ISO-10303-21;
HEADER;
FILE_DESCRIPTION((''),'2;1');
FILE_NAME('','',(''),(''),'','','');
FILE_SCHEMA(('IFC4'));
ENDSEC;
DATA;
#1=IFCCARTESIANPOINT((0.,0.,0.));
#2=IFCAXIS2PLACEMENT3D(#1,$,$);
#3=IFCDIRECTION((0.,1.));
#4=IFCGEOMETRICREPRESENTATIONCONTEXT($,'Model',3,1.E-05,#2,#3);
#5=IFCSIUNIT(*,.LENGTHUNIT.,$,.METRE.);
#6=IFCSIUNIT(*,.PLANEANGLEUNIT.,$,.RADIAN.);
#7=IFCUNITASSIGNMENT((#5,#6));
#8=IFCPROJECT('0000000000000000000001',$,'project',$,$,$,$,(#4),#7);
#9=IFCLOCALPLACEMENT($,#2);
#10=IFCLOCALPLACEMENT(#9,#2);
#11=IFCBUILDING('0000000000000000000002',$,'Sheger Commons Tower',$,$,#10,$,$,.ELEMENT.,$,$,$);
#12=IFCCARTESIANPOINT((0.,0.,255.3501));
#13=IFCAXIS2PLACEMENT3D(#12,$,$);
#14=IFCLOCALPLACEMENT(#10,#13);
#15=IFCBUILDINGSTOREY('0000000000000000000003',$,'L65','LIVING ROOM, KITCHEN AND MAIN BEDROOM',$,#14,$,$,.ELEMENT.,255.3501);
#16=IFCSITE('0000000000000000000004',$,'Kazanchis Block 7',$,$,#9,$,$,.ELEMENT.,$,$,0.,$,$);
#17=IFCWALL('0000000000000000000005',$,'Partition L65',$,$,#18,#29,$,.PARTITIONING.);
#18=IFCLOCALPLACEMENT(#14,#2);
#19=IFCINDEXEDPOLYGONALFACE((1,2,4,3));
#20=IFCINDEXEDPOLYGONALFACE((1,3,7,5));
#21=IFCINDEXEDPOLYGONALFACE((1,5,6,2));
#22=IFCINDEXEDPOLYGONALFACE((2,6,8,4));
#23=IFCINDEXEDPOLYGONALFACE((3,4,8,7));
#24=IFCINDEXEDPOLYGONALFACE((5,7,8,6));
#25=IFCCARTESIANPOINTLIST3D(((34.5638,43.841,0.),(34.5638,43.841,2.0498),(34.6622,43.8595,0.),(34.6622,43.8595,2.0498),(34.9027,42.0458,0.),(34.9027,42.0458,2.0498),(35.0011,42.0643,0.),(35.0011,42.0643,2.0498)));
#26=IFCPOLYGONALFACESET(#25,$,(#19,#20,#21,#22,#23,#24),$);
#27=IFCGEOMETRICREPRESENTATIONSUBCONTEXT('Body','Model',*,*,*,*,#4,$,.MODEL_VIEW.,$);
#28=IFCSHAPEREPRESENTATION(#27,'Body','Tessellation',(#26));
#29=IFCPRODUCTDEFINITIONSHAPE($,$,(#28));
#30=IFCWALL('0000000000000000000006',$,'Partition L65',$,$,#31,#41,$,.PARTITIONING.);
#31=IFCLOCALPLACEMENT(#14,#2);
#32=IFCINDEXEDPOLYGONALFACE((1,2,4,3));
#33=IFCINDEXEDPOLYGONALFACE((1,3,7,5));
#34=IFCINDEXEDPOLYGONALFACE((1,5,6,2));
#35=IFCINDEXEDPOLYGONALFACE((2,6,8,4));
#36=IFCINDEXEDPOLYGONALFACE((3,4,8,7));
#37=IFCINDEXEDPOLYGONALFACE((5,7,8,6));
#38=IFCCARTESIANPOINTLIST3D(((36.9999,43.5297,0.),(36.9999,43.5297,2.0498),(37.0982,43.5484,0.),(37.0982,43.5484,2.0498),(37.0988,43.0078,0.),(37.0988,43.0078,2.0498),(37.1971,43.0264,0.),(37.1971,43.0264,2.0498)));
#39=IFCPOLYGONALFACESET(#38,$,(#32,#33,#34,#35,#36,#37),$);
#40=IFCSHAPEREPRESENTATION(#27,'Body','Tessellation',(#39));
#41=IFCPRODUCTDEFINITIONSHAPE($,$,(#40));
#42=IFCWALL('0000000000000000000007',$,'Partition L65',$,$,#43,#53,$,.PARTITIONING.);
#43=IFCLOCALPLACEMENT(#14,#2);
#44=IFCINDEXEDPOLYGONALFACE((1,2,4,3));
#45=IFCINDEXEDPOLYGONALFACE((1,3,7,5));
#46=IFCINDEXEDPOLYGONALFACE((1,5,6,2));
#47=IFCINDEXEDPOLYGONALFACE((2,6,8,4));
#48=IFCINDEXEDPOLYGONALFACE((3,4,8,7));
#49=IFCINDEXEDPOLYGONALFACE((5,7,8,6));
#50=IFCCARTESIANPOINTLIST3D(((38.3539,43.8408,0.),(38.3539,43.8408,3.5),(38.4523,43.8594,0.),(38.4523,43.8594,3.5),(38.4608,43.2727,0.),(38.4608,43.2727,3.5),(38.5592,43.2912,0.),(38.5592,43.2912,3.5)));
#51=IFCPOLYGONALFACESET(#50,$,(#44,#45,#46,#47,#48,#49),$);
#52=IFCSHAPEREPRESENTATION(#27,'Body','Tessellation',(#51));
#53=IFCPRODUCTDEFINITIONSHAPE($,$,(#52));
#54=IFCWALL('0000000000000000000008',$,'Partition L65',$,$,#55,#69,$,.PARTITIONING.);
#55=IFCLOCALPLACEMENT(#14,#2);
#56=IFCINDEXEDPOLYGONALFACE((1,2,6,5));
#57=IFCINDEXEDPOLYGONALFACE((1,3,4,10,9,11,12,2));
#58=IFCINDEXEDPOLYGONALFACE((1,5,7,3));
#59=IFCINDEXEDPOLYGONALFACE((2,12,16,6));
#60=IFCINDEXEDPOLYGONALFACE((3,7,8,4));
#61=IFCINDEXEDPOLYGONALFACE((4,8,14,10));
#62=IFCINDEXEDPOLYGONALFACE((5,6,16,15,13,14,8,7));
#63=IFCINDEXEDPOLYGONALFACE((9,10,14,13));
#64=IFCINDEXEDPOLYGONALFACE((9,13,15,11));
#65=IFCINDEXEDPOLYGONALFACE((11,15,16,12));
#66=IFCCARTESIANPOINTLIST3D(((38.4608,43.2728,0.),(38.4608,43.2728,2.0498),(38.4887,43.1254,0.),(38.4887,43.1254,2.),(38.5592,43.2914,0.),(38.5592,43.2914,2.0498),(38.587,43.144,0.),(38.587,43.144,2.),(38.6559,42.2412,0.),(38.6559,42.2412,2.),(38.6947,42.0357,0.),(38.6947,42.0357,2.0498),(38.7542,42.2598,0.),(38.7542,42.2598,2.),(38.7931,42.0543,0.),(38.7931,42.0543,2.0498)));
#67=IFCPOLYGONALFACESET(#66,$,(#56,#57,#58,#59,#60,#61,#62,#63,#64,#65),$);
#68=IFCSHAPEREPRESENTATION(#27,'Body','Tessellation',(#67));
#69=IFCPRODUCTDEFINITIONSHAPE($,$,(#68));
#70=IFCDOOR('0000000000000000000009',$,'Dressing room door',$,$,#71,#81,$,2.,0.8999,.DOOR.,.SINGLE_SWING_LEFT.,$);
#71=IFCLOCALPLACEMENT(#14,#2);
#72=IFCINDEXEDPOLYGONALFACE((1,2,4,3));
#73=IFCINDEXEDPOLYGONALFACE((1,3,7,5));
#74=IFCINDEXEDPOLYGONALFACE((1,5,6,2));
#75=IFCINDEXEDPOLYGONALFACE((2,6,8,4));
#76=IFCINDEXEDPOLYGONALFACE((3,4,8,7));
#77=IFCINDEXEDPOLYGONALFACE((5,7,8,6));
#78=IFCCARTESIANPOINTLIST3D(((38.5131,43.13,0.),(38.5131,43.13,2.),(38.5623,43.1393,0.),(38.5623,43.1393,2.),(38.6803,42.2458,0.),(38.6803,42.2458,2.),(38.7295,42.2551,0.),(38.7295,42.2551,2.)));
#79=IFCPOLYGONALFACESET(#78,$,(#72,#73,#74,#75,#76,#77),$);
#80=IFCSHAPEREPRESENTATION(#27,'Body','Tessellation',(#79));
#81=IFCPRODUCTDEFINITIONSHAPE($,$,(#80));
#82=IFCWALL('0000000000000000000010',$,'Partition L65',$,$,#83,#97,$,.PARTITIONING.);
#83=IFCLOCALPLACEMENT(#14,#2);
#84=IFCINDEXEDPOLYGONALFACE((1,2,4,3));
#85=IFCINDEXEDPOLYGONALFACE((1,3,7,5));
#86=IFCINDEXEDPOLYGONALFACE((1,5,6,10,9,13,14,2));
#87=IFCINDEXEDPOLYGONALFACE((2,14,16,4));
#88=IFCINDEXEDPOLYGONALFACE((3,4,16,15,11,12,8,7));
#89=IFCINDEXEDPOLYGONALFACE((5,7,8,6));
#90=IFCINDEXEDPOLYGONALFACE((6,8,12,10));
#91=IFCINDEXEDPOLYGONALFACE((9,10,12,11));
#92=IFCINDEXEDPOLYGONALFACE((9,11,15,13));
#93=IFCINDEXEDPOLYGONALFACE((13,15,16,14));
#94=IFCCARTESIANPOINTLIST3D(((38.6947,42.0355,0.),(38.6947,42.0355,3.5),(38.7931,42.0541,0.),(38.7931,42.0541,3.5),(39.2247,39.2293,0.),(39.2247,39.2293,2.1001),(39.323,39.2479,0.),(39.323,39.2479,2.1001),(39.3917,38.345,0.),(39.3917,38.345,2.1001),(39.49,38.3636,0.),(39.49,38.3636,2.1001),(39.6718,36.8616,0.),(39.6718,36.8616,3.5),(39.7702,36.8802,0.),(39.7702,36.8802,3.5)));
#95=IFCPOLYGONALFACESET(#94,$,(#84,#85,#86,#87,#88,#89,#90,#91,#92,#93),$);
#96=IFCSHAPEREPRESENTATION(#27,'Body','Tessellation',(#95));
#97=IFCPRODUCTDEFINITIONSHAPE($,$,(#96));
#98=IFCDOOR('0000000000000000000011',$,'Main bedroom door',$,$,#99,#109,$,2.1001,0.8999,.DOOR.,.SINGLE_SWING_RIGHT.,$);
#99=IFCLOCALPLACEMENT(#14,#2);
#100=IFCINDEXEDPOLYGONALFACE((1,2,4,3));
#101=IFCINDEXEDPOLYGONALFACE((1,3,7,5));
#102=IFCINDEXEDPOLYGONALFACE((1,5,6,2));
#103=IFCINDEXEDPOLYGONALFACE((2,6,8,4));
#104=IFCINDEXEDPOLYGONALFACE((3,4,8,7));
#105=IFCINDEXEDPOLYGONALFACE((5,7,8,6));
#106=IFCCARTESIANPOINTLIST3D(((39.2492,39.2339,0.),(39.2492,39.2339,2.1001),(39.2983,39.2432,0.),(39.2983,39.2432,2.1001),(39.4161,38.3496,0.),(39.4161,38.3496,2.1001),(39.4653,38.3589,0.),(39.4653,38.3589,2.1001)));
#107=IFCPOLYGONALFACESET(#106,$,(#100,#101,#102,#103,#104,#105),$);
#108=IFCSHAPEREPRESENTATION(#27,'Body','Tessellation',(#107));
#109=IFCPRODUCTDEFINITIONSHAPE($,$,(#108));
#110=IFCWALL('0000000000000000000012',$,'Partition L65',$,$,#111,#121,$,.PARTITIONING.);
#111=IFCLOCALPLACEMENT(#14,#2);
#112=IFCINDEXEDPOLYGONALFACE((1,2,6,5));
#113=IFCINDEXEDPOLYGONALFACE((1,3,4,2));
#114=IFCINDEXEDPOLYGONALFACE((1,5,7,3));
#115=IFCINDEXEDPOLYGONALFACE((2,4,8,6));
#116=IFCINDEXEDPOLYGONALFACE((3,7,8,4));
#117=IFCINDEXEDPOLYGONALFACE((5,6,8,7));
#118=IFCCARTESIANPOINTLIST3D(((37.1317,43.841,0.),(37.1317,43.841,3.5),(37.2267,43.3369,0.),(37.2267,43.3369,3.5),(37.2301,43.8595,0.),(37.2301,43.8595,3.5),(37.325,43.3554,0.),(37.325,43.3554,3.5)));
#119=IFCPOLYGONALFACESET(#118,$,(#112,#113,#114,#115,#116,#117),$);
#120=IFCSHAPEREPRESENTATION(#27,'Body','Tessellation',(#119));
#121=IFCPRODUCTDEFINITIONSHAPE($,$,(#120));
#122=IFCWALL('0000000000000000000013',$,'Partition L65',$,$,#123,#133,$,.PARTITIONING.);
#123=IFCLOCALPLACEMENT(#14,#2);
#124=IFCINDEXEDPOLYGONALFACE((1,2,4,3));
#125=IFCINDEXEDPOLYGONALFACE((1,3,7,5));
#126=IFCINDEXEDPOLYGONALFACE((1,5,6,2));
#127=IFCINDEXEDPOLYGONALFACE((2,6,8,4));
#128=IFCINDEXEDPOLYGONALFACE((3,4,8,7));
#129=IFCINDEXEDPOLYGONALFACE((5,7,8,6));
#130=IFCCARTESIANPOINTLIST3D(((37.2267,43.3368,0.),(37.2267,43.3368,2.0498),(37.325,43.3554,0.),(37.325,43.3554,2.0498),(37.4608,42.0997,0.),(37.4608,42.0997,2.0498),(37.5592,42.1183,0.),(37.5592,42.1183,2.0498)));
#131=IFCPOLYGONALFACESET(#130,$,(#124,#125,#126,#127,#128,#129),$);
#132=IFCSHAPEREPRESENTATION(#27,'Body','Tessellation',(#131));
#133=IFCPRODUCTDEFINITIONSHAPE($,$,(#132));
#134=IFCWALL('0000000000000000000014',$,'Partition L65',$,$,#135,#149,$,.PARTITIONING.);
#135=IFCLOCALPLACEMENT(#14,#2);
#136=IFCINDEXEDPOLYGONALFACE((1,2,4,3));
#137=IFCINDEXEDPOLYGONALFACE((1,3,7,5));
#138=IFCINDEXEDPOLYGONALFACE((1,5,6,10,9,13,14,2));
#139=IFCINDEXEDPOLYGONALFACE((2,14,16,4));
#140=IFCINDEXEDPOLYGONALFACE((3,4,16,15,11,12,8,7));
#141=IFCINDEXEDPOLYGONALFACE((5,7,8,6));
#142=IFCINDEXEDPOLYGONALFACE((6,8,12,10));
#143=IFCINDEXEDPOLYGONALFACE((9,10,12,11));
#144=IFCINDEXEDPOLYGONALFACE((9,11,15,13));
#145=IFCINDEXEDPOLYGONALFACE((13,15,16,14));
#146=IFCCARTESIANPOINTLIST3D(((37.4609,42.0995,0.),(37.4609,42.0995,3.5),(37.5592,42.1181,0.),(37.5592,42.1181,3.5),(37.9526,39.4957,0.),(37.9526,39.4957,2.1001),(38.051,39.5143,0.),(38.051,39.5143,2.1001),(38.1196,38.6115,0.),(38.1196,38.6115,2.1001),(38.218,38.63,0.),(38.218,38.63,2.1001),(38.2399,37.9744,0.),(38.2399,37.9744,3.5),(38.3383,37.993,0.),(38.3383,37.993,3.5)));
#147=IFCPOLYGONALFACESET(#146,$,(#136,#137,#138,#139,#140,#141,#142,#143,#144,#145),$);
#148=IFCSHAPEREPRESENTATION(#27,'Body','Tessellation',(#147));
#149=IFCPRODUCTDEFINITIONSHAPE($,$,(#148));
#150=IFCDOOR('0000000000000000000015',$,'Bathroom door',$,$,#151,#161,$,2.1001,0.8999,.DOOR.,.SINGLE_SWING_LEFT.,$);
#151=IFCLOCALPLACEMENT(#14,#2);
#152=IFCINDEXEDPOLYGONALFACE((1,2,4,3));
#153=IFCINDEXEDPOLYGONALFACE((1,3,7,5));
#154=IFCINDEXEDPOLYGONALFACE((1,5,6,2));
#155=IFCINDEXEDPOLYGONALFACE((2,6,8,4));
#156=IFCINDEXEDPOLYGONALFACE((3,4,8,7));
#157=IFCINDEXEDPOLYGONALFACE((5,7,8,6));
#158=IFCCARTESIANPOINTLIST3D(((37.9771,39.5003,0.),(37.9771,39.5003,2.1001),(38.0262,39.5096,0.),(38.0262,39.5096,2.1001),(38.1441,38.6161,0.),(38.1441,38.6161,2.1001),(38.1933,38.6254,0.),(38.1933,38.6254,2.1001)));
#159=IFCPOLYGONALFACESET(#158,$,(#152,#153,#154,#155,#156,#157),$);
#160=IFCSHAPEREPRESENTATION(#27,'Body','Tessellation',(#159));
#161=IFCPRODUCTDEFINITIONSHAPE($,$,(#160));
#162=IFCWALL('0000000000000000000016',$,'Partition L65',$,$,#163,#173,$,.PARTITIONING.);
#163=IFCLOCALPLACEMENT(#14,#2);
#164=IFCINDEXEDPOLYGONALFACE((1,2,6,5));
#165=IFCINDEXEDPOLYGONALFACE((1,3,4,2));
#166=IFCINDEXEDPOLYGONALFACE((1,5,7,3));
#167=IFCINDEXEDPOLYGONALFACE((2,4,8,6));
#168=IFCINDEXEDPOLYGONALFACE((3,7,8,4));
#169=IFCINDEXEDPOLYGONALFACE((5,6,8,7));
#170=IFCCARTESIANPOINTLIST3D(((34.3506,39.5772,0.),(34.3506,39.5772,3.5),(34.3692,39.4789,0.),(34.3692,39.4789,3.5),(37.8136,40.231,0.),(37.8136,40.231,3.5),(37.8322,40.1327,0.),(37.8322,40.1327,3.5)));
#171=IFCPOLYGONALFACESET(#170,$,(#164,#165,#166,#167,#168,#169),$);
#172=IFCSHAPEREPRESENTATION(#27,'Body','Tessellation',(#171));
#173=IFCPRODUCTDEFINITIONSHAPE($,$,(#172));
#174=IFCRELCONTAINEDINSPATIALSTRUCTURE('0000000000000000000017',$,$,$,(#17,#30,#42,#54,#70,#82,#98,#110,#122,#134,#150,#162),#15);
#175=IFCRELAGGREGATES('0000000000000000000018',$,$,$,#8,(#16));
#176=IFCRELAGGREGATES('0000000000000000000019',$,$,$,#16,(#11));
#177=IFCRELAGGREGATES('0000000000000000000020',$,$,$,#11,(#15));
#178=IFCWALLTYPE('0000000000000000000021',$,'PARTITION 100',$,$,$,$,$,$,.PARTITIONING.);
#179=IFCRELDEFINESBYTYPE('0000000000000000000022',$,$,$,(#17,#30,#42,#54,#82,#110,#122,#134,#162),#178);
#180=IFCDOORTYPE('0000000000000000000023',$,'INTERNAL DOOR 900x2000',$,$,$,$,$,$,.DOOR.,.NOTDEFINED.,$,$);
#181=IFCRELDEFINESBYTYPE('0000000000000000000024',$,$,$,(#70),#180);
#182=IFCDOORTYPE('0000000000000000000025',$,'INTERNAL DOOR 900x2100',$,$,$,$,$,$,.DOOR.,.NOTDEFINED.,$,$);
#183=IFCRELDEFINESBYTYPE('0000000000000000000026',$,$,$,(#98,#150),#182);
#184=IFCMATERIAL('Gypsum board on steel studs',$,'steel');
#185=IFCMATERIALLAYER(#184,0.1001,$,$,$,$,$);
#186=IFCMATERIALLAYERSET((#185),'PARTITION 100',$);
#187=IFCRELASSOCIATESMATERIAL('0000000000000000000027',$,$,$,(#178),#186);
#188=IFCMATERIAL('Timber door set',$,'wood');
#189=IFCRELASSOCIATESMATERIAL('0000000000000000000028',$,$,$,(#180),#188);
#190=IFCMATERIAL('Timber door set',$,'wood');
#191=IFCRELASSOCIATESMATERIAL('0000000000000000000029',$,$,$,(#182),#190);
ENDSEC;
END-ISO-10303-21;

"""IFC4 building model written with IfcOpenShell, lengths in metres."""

from ifc_helpers import new_model, si_unit, direction, frame, frame_2d, origin, place, context, subcontext, project, spatial, rectangle, extrude, material, layer, layer_set, type_object, element, fill, save


model = new_model("IFC4")

# Units and contexts
model_context = context("Model", 3, precision=1e-05, world=origin(), true_north=direction((0.0, 1.0)))
body_context = subcontext(model_context, "Body", "Model", "MODEL_VIEW")
ifc_project = project(units=[si_unit("LENGTHUNIT", "METRE"), si_unit("PLANEANGLEUNIT", "RADIAN")], contexts=[model_context])

# Site, building, storey
site_placement = place(None, origin())
site = spatial("IfcSite", under=ifc_project, at=site_placement, Name="Kazanchis Block 7", CompositionType="ELEMENT", RefElevation=0.0)
building_placement = place(site_placement, origin())
building = spatial("IfcBuilding", under=site, at=building_placement, Name="Sheger Commons Tower", CompositionType="ELEMENT")
storey_placement = place(building_placement, frame((0.0, 0.0, 255.3501)))
storey = spatial("IfcBuildingStorey", under=building, at=storey_placement, Name="L65", Description="LIVING ROOM, KITCHEN AND MAIN BEDROOM", CompositionType="ELEMENT", Elevation=255.3501)

# Walls
ifc_material_1 = material(Name="Gypsum board on steel studs", Category="steel")
ifc_layer_1 = layer(ifc_material_1, 0.1001)
ifc_layer_set_1 = layer_set([ifc_layer_1], Name="PARTITION 100")
wall_type_1 = type_object("IfcWallType", Name="PARTITION 100", PredefinedType="PARTITIONING", material=ifc_layer_set_1)
wall_1_placement = place(storey_placement, frame((34.9519, 42.0549, 0.0), z_axis=(0.0, 0.0, 1.0), x_axis=(-0.185491, 0.982646, 0.0)))
element("IfcWall", 1, at=wall_1_placement, inside=storey, type_object=wall_type_1, Name="Partition L65", PredefinedType="PARTITIONING", context=body_context, shape_type="SweptSolid", body=[
    extrude(rectangle(XDim=1.8269, YDim=0.1001, at=frame_2d((0.9136, 0.0))), origin(), (0.0, 0.0, 1.0), 2.0498),
])
wall_2_placement = place(storey_placement, frame((37.0491, 43.5391, 0.0), z_axis=(0.0, 0.0, 1.0), x_axis=(0.186119, -0.982527, 0.0)))
element("IfcWall", 2, at=wall_2_placement, inside=storey, type_object=wall_type_1, Name="Partition L65", PredefinedType="PARTITIONING", context=body_context, shape_type="SweptSolid", body=[
    extrude(rectangle(XDim=0.5312, YDim=0.1001, at=frame_2d((0.2656, 0.0))), origin(), (0.0, 0.0, 1.0), 2.0498),
])
wall_3_placement = place(storey_placement, frame((38.4031, 43.8501, 0.0), z_axis=(0.0, 0.0, 1.0), x_axis=(0.184977, -0.982743, 0.0)))
element("IfcWall", 3, at=wall_3_placement, inside=storey, type_object=wall_type_1, Name="Partition L65", PredefinedType="PARTITIONING", context=body_context, shape_type="SweptSolid", body=[
    extrude(rectangle(XDim=0.5781, YDim=0.1001, at=frame_2d((0.2891, 0.0))), origin(), (0.0, 0.0, 1.0), 3.5),
])

# Walls, openings, doors
wall_4_placement = place(storey_placement, frame((38.51, 43.282, 0.0), z_axis=(0.0, 0.0, 1.0), x_axis=(0.185775, -0.982592, 0.0)))
wall_4 = element("IfcWall", 4, at=wall_4_placement, inside=storey, type_object=wall_type_1, Name="Partition L65", PredefinedType="PARTITIONING", context=body_context, shape_type="SweptSolid", body=[
    extrude(rectangle(XDim=1.259, YDim=0.1001, at=frame_2d((0.6294, 0.0))), origin(), (0.0, 0.0, 1.0), 2.0498),
])
opening_1_placement = place(wall_4_placement, frame((0.1499, 0.0, 0.0)))
opening_1 = element("IfcOpeningElement", 5, at=opening_1_placement, cuts=wall_4, PredefinedType="OPENING", context=body_context, shape_type="SweptSolid", body=[
    extrude(rectangle(XDim=0.8999, YDim=2.0, at=frame_2d((0.45, 1.0))), frame((0.0, 0.0601, 0.0), z_axis=(0.0, -1.0, 0.0), x_axis=(1.0, 0.0, 0.0)), (0.0, 0.0, 1.0), 0.1201),
])
ifc_material_2 = material(Name="Timber door set", Category="wood")
door_type_1 = type_object("IfcDoorType", Name="INTERNAL DOOR 900x2000", OperationType="NOTDEFINED", PredefinedType="DOOR", material=ifc_material_2)
door_1_placement = place(opening_1_placement, origin())
door_1 = element("IfcDoor", 6, at=door_1_placement, inside=storey, type_object=door_type_1, Name="Dressing room door", OperationType="SINGLE_SWING_LEFT", OverallHeight=2.0, OverallWidth=0.8999, PredefinedType="DOOR", context=body_context, shape_type="SweptSolid", body=[
    extrude(rectangle(XDim=0.8999, YDim=2.0, at=frame_2d((0.45, 1.0))), frame((0.0, 0.0249, 0.0), z_axis=(0.0, -1.0, 0.0), x_axis=(1.0, 0.0, 0.0)), (0.0, 0.0, 1.0), 0.05),
])
fill(opening_1, door_1)
wall_5_placement = place(storey_placement, frame((38.7439, 42.0449, 0.0), z_axis=(0.0, 0.0, 1.0), x_axis=(0.185565, -0.982632, 0.0)))
wall_5 = element("IfcWall", 7, at=wall_5_placement, inside=storey, type_object=wall_type_1, Name="Partition L65", PredefinedType="PARTITIONING", context=body_context, shape_type="SweptSolid", body=[
    extrude(rectangle(XDim=5.2654, YDim=0.1001, at=frame_2d((2.6328, 0.0))), origin(), (0.0, 0.0, 1.0), 3.5),
])
opening_2_placement = place(wall_5_placement, frame((2.856, 0.0, 0.0)))
opening_2 = element("IfcOpeningElement", 8, at=opening_2_placement, cuts=wall_5, PredefinedType="OPENING", context=body_context, shape_type="SweptSolid", body=[
    extrude(rectangle(XDim=0.8999, YDim=2.1001, at=frame_2d((0.45, 1.05))), frame((0.0, 0.0601, 0.0), z_axis=(0.0, -1.0, 0.0), x_axis=(1.0, 0.0, 0.0)), (0.0, 0.0, 1.0), 0.1201),
])
ifc_material_3 = material(Name="Timber door set", Category="wood")
door_type_2 = type_object("IfcDoorType", Name="INTERNAL DOOR 900x2100", OperationType="NOTDEFINED", PredefinedType="DOOR", material=ifc_material_3)
door_2_placement = place(opening_2_placement, origin())
door_2 = element("IfcDoor", 9, at=door_2_placement, inside=storey, type_object=door_type_2, Name="Main bedroom door", OperationType="SINGLE_SWING_RIGHT", OverallHeight=2.1001, OverallWidth=0.8999, PredefinedType="DOOR", context=body_context, shape_type="SweptSolid", body=[
    extrude(rectangle(XDim=0.8999, YDim=2.1001, at=frame_2d((0.45, 1.05))), frame((0.0, 0.0249, 0.0), z_axis=(0.0, -1.0, 0.0), x_axis=(1.0, 0.0, 0.0)), (0.0, 0.0, 1.0), 0.05),
])
fill(opening_2, door_2)

# Walls
wall_6_placement = place(storey_placement, frame((37.1809, 43.8501, 0.0), z_axis=(0.0, 0.0, 1.0), x_axis=(0.185122, -0.982716, 0.0)))
element("IfcWall", 10, at=wall_6_placement, inside=storey, type_object=wall_type_1, Name="Partition L65", PredefinedType="PARTITIONING", context=body_context, shape_type="SweptSolid", body=[
    extrude(rectangle(XDim=0.5129, YDim=0.1001, at=frame_2d((0.2563, 0.0))), origin(), (0.0, 0.0, 1.0), 3.5),
])
wall_7_placement = place(storey_placement, frame((37.2759, 43.3459, 0.0), z_axis=(0.0, 0.0, 1.0), x_axis=(0.185963, -0.982557, 0.0)))
element("IfcWall", 11, at=wall_7_placement, inside=storey, type_object=wall_type_1, Name="Partition L65", PredefinedType="PARTITIONING", context=body_context, shape_type="SweptSolid", body=[
    extrude(rectangle(XDim=1.259, YDim=0.1001, at=frame_2d((0.6294, 0.0))), origin(), (0.0, 0.0, 1.0), 2.0498),
])

# Wall, opening, door
wall_8_placement = place(storey_placement, frame((37.51, 42.1089, 0.0), z_axis=(0.0, 0.0, 1.0), x_axis=(0.185581, -0.982629, 0.0)))
wall_8 = element("IfcWall", 12, at=wall_8_placement, inside=storey, type_object=wall_type_1, Name="Partition L65", PredefinedType="PARTITIONING", context=body_context, shape_type="SweptSolid", body=[
    extrude(rectangle(XDim=4.198, YDim=0.1001, at=frame_2d((2.0991, 0.0))), origin(), (0.0, 0.0, 1.0), 3.5),
])
opening_3_placement = place(wall_8_placement, frame((2.6499, 0.0, 0.0)))
opening_3 = element("IfcOpeningElement", 13, at=opening_3_placement, cuts=wall_8, PredefinedType="OPENING", context=body_context, shape_type="SweptSolid", body=[
    extrude(rectangle(XDim=0.8999, YDim=2.1001, at=frame_2d((0.45, 1.05))), frame((0.0, 0.0601, 0.0), z_axis=(0.0, -1.0, 0.0), x_axis=(1.0, 0.0, 0.0)), (0.0, 0.0, 1.0), 0.1201),
])
door_3_placement = place(opening_3_placement, origin())
door_3 = element("IfcDoor", 14, at=door_3_placement, inside=storey, type_object=door_type_2, Name="Bathroom door", OperationType="SINGLE_SWING_LEFT", OverallHeight=2.1001, OverallWidth=0.8999, PredefinedType="DOOR", context=body_context, shape_type="SweptSolid", body=[
    extrude(rectangle(XDim=0.8999, YDim=2.1001, at=frame_2d((0.45, 1.05))), frame((0.0, 0.0249, 0.0), z_axis=(0.0, -1.0, 0.0), x_axis=(1.0, 0.0, 0.0)), (0.0, 0.0, 1.0), 0.05),
])
fill(opening_3, door_3)

# Wall
wall_9_placement = place(storey_placement, frame((37.823, 40.1819, 0.0), z_axis=(0.0, 0.0, 1.0), x_axis=(-0.982639, -0.185527, 0.0)))
element("IfcWall", 15, at=wall_9_placement, inside=storey, type_object=wall_type_1, Name="Partition L65", PredefinedType="PARTITIONING", context=body_context, shape_type="SweptSolid", body=[
    extrude(rectangle(XDim=3.5242, YDim=0.1001, at=frame_2d((1.7622, 0.0))), origin(), (0.0, 0.0, 1.0), 3.5),
])

save(model, "model.ifc")
